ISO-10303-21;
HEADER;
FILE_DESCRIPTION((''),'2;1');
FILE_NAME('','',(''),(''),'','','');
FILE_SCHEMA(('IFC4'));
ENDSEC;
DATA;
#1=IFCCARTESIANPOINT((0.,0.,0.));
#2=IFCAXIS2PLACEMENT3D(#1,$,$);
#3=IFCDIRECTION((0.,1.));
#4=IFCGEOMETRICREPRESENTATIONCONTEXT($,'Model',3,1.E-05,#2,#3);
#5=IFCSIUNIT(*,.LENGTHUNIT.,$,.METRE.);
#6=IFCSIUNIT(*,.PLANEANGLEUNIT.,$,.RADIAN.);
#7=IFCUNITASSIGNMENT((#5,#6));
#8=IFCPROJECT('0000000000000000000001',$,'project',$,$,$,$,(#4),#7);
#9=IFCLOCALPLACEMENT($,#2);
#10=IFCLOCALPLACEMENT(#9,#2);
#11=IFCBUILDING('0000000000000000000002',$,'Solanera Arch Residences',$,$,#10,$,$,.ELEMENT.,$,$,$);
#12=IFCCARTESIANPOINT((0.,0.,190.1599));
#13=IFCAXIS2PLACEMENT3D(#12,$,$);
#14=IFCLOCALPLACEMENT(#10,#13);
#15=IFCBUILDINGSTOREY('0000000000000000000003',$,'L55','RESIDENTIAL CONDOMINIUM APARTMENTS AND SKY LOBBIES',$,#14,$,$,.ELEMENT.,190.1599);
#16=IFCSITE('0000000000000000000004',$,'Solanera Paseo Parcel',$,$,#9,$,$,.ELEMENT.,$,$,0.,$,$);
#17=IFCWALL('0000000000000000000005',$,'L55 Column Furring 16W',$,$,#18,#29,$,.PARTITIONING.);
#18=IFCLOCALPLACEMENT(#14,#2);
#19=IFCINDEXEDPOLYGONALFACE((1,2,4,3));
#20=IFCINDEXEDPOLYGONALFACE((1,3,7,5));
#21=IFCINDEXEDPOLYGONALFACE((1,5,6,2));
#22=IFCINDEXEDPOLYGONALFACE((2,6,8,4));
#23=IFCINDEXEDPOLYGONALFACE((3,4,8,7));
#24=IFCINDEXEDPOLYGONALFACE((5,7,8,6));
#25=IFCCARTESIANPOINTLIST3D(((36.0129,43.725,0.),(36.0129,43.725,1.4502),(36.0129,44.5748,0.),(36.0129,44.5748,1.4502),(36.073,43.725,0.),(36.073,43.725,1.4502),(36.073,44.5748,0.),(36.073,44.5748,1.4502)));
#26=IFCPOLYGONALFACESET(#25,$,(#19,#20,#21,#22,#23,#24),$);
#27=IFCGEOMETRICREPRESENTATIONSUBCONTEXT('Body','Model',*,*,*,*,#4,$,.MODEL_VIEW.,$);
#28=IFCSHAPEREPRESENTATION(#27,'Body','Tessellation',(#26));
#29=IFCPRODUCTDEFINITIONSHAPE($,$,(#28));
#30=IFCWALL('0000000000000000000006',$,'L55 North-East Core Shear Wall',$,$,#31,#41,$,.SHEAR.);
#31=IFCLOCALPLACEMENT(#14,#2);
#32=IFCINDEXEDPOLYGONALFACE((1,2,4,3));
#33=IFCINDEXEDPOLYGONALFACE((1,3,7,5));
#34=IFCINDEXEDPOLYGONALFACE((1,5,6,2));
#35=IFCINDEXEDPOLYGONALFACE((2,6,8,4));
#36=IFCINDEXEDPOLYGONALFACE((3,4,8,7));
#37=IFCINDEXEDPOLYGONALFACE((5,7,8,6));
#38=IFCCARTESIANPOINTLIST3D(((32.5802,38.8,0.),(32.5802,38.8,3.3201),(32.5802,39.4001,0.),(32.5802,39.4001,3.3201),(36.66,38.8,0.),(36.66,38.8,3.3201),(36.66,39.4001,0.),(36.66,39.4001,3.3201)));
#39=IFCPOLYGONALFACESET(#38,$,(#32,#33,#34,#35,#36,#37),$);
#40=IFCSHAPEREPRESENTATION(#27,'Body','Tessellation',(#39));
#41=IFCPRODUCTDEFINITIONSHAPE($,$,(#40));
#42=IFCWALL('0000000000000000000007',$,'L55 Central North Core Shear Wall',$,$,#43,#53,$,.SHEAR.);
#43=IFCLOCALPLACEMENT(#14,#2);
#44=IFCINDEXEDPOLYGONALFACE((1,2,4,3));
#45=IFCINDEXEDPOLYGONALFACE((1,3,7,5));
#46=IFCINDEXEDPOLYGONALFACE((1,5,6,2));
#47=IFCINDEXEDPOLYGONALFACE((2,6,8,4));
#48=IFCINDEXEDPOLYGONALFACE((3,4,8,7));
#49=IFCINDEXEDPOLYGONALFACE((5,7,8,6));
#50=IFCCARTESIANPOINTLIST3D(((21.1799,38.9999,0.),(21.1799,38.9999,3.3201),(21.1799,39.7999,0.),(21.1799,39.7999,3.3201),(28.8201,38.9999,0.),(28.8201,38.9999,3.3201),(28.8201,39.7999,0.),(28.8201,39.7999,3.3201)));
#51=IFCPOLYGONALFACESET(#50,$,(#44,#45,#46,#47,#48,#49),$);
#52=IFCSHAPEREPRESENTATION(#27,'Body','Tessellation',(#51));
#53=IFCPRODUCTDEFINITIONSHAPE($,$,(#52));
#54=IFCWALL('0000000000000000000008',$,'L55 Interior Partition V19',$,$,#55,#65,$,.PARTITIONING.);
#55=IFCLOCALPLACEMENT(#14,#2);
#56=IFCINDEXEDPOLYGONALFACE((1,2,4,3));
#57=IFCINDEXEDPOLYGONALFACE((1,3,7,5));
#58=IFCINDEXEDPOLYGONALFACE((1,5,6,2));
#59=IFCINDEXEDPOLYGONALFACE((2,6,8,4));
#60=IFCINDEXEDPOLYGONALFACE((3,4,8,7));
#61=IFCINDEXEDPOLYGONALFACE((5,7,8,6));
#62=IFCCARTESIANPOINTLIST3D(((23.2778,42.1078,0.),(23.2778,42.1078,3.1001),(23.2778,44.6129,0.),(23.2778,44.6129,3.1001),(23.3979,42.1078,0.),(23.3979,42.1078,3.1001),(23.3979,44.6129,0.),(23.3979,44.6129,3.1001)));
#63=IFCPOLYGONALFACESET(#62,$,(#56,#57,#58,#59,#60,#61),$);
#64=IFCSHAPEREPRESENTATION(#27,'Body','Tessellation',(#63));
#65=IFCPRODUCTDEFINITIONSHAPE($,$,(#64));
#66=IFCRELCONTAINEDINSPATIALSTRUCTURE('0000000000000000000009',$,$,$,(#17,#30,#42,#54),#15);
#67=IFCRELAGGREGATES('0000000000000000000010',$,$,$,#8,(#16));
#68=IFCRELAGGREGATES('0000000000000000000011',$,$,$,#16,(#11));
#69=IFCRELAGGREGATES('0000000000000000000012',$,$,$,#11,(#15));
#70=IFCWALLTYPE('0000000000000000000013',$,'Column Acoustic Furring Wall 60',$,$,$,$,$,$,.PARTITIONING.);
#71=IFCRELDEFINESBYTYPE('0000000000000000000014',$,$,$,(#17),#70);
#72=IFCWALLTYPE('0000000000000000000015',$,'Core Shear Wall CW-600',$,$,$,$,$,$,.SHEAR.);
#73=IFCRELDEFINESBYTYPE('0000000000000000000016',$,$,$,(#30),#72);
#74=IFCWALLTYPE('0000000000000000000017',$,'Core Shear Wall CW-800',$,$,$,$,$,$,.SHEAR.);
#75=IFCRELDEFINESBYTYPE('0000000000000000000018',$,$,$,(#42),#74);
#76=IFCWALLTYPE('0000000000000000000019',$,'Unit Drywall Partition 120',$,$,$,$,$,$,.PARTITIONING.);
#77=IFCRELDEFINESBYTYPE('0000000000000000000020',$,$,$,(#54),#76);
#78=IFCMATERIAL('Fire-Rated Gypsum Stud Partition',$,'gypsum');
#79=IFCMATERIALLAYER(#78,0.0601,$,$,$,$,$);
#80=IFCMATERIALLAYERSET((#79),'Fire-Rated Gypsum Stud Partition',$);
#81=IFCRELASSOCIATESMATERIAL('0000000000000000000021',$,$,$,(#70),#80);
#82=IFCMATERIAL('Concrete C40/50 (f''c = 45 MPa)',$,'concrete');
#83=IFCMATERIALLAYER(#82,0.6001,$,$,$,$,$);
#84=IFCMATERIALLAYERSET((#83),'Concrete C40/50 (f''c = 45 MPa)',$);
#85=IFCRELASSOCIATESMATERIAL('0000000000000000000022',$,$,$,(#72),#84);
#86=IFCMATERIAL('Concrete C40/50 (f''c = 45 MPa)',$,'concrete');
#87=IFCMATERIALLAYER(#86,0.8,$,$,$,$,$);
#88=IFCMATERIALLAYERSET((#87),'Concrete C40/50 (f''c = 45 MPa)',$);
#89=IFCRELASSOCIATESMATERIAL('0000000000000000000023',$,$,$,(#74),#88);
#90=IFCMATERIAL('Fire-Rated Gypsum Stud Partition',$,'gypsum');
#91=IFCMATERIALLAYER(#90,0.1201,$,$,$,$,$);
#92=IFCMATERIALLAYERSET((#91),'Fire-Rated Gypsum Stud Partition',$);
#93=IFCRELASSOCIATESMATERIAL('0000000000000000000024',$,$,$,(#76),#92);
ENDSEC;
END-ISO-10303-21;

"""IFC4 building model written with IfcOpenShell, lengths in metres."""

from ifc_helpers import new_model, si_unit, direction, frame, frame_2d, origin, place, context, subcontext, project, spatial, rectangle, extrude, material, layer, layer_set, type_object, element, save


model = new_model("IFC4")

# Units and contexts
model_context = context("Model", 3, precision=1e-05, world=origin(), true_north=direction((0.0, 1.0)))
body_context = subcontext(model_context, "Body", "Model", "MODEL_VIEW")
ifc_project = project(units=[si_unit("LENGTHUNIT", "METRE"), si_unit("PLANEANGLEUNIT", "RADIAN")], contexts=[model_context])

# Site, building, storey
site_placement = place(None, origin())
site = spatial("IfcSite", under=ifc_project, at=site_placement, Name="Solanera Paseo Parcel", CompositionType="ELEMENT", RefElevation=0.0)
building_placement = place(site_placement, origin())
building = spatial("IfcBuilding", under=site, at=building_placement, Name="Solanera Arch Residences", CompositionType="ELEMENT")
storey_placement = place(building_placement, frame((0.0, 0.0, 190.1599)))
storey = spatial("IfcBuildingStorey", under=building, at=storey_placement, Name="L55", Description="RESIDENTIAL CONDOMINIUM APARTMENTS AND SKY LOBBIES", CompositionType="ELEMENT", Elevation=190.1599)

# Walls
ifc_material_1 = material(Name="Fire-Rated Gypsum Stud Partition", Category="gypsum")
ifc_layer_1 = layer(ifc_material_1, 0.0601)
ifc_layer_set_1 = layer_set([ifc_layer_1], Name="Fire-Rated Gypsum Stud Partition")
wall_type_1 = type_object("IfcWallType", Name="Column Acoustic Furring Wall 60", PredefinedType="PARTITIONING", material=ifc_layer_set_1)
for number, where, z_axis, x_axis, name in (
    (1, (36.043, 43.7251, 0.0), (0.0, 0.0, 1.0), (0.0, 1.0, 0.0), "L55 Column Furring 16W"),
):
    element("IfcWall", number, at=place(storey_placement, frame(where, z_axis=z_axis, x_axis=x_axis)), inside=storey, type_object=wall_type_1, Name=name, PredefinedType="PARTITIONING", context=body_context, shape_type="SweptSolid", body=[
        extrude(rectangle(XDim=0.8499, YDim=0.0601, at=frame_2d((0.4248, 0.0))), origin(), (0.0, 0.0, 1.0), 1.4502),
    ])
ifc_material_2 = material(Name="Concrete C40/50 (f'c = 45 MPa)", Category="concrete")
ifc_layer_2 = layer(ifc_material_2, 0.6001)
ifc_layer_set_2 = layer_set([ifc_layer_2], Name="Concrete C40/50 (f'c = 45 MPa)")
wall_type_2 = type_object("IfcWallType", Name="Core Shear Wall CW-600", PredefinedType="SHEAR", material=ifc_layer_set_2)
wall_1_placement = place(storey_placement, frame((32.5801, 39.1001, 0.0), z_axis=(0.0, 0.0, 1.0), x_axis=(1.0, 0.0, 0.0)))
element("IfcWall", 2, at=wall_1_placement, inside=storey, type_object=wall_type_2, Name="L55 North-East Core Shear Wall", PredefinedType="SHEAR", context=body_context, shape_type="SweptSolid", body=[
    extrude(rectangle(XDim=4.0798, YDim=0.6001, at=frame_2d((2.04, 0.0))), origin(), (0.0, 0.0, 1.0), 3.3201),
])
ifc_material_3 = material(Name="Concrete C40/50 (f'c = 45 MPa)", Category="concrete")
ifc_layer_3 = layer(ifc_material_3, 0.8)
ifc_layer_set_3 = layer_set([ifc_layer_3], Name="Concrete C40/50 (f'c = 45 MPa)")
wall_type_3 = type_object("IfcWallType", Name="Core Shear Wall CW-800", PredefinedType="SHEAR", material=ifc_layer_set_3)
wall_2_placement = place(storey_placement, frame((21.1799, 39.3999, 0.0), z_axis=(0.0, 0.0, 1.0), x_axis=(1.0, 0.0, 0.0)))
element("IfcWall", 3, at=wall_2_placement, inside=storey, type_object=wall_type_3, Name="L55 Central North Core Shear Wall", PredefinedType="SHEAR", context=body_context, shape_type="SweptSolid", body=[
    extrude(rectangle(XDim=7.6401, YDim=0.8, at=frame_2d((3.8201, 0.0))), origin(), (0.0, 0.0, 1.0), 3.3201),
])
ifc_material_4 = material(Name="Fire-Rated Gypsum Stud Partition", Category="gypsum")
ifc_layer_4 = layer(ifc_material_4, 0.1201)
ifc_layer_set_4 = layer_set([ifc_layer_4], Name="Fire-Rated Gypsum Stud Partition")
wall_type_4 = type_object("IfcWallType", Name="Unit Drywall Partition 120", PredefinedType="PARTITIONING", material=ifc_layer_set_4)
wall_3_placement = place(storey_placement, frame((23.3379, 42.1079, 0.0), z_axis=(0.0, 0.0, 1.0), x_axis=(0.0, 1.0, 0.0)))
element("IfcWall", 4, at=wall_3_placement, inside=storey, type_object=wall_type_4, Name="L55 Interior Partition V19", PredefinedType="PARTITIONING", context=body_context, shape_type="SweptSolid", body=[
    extrude(rectangle(XDim=2.5051, YDim=0.1201, at=frame_2d((1.2524, 0.0))), origin(), (0.0, 0.0, 1.0), 3.1001),
])

save(model, "model.ifc")
